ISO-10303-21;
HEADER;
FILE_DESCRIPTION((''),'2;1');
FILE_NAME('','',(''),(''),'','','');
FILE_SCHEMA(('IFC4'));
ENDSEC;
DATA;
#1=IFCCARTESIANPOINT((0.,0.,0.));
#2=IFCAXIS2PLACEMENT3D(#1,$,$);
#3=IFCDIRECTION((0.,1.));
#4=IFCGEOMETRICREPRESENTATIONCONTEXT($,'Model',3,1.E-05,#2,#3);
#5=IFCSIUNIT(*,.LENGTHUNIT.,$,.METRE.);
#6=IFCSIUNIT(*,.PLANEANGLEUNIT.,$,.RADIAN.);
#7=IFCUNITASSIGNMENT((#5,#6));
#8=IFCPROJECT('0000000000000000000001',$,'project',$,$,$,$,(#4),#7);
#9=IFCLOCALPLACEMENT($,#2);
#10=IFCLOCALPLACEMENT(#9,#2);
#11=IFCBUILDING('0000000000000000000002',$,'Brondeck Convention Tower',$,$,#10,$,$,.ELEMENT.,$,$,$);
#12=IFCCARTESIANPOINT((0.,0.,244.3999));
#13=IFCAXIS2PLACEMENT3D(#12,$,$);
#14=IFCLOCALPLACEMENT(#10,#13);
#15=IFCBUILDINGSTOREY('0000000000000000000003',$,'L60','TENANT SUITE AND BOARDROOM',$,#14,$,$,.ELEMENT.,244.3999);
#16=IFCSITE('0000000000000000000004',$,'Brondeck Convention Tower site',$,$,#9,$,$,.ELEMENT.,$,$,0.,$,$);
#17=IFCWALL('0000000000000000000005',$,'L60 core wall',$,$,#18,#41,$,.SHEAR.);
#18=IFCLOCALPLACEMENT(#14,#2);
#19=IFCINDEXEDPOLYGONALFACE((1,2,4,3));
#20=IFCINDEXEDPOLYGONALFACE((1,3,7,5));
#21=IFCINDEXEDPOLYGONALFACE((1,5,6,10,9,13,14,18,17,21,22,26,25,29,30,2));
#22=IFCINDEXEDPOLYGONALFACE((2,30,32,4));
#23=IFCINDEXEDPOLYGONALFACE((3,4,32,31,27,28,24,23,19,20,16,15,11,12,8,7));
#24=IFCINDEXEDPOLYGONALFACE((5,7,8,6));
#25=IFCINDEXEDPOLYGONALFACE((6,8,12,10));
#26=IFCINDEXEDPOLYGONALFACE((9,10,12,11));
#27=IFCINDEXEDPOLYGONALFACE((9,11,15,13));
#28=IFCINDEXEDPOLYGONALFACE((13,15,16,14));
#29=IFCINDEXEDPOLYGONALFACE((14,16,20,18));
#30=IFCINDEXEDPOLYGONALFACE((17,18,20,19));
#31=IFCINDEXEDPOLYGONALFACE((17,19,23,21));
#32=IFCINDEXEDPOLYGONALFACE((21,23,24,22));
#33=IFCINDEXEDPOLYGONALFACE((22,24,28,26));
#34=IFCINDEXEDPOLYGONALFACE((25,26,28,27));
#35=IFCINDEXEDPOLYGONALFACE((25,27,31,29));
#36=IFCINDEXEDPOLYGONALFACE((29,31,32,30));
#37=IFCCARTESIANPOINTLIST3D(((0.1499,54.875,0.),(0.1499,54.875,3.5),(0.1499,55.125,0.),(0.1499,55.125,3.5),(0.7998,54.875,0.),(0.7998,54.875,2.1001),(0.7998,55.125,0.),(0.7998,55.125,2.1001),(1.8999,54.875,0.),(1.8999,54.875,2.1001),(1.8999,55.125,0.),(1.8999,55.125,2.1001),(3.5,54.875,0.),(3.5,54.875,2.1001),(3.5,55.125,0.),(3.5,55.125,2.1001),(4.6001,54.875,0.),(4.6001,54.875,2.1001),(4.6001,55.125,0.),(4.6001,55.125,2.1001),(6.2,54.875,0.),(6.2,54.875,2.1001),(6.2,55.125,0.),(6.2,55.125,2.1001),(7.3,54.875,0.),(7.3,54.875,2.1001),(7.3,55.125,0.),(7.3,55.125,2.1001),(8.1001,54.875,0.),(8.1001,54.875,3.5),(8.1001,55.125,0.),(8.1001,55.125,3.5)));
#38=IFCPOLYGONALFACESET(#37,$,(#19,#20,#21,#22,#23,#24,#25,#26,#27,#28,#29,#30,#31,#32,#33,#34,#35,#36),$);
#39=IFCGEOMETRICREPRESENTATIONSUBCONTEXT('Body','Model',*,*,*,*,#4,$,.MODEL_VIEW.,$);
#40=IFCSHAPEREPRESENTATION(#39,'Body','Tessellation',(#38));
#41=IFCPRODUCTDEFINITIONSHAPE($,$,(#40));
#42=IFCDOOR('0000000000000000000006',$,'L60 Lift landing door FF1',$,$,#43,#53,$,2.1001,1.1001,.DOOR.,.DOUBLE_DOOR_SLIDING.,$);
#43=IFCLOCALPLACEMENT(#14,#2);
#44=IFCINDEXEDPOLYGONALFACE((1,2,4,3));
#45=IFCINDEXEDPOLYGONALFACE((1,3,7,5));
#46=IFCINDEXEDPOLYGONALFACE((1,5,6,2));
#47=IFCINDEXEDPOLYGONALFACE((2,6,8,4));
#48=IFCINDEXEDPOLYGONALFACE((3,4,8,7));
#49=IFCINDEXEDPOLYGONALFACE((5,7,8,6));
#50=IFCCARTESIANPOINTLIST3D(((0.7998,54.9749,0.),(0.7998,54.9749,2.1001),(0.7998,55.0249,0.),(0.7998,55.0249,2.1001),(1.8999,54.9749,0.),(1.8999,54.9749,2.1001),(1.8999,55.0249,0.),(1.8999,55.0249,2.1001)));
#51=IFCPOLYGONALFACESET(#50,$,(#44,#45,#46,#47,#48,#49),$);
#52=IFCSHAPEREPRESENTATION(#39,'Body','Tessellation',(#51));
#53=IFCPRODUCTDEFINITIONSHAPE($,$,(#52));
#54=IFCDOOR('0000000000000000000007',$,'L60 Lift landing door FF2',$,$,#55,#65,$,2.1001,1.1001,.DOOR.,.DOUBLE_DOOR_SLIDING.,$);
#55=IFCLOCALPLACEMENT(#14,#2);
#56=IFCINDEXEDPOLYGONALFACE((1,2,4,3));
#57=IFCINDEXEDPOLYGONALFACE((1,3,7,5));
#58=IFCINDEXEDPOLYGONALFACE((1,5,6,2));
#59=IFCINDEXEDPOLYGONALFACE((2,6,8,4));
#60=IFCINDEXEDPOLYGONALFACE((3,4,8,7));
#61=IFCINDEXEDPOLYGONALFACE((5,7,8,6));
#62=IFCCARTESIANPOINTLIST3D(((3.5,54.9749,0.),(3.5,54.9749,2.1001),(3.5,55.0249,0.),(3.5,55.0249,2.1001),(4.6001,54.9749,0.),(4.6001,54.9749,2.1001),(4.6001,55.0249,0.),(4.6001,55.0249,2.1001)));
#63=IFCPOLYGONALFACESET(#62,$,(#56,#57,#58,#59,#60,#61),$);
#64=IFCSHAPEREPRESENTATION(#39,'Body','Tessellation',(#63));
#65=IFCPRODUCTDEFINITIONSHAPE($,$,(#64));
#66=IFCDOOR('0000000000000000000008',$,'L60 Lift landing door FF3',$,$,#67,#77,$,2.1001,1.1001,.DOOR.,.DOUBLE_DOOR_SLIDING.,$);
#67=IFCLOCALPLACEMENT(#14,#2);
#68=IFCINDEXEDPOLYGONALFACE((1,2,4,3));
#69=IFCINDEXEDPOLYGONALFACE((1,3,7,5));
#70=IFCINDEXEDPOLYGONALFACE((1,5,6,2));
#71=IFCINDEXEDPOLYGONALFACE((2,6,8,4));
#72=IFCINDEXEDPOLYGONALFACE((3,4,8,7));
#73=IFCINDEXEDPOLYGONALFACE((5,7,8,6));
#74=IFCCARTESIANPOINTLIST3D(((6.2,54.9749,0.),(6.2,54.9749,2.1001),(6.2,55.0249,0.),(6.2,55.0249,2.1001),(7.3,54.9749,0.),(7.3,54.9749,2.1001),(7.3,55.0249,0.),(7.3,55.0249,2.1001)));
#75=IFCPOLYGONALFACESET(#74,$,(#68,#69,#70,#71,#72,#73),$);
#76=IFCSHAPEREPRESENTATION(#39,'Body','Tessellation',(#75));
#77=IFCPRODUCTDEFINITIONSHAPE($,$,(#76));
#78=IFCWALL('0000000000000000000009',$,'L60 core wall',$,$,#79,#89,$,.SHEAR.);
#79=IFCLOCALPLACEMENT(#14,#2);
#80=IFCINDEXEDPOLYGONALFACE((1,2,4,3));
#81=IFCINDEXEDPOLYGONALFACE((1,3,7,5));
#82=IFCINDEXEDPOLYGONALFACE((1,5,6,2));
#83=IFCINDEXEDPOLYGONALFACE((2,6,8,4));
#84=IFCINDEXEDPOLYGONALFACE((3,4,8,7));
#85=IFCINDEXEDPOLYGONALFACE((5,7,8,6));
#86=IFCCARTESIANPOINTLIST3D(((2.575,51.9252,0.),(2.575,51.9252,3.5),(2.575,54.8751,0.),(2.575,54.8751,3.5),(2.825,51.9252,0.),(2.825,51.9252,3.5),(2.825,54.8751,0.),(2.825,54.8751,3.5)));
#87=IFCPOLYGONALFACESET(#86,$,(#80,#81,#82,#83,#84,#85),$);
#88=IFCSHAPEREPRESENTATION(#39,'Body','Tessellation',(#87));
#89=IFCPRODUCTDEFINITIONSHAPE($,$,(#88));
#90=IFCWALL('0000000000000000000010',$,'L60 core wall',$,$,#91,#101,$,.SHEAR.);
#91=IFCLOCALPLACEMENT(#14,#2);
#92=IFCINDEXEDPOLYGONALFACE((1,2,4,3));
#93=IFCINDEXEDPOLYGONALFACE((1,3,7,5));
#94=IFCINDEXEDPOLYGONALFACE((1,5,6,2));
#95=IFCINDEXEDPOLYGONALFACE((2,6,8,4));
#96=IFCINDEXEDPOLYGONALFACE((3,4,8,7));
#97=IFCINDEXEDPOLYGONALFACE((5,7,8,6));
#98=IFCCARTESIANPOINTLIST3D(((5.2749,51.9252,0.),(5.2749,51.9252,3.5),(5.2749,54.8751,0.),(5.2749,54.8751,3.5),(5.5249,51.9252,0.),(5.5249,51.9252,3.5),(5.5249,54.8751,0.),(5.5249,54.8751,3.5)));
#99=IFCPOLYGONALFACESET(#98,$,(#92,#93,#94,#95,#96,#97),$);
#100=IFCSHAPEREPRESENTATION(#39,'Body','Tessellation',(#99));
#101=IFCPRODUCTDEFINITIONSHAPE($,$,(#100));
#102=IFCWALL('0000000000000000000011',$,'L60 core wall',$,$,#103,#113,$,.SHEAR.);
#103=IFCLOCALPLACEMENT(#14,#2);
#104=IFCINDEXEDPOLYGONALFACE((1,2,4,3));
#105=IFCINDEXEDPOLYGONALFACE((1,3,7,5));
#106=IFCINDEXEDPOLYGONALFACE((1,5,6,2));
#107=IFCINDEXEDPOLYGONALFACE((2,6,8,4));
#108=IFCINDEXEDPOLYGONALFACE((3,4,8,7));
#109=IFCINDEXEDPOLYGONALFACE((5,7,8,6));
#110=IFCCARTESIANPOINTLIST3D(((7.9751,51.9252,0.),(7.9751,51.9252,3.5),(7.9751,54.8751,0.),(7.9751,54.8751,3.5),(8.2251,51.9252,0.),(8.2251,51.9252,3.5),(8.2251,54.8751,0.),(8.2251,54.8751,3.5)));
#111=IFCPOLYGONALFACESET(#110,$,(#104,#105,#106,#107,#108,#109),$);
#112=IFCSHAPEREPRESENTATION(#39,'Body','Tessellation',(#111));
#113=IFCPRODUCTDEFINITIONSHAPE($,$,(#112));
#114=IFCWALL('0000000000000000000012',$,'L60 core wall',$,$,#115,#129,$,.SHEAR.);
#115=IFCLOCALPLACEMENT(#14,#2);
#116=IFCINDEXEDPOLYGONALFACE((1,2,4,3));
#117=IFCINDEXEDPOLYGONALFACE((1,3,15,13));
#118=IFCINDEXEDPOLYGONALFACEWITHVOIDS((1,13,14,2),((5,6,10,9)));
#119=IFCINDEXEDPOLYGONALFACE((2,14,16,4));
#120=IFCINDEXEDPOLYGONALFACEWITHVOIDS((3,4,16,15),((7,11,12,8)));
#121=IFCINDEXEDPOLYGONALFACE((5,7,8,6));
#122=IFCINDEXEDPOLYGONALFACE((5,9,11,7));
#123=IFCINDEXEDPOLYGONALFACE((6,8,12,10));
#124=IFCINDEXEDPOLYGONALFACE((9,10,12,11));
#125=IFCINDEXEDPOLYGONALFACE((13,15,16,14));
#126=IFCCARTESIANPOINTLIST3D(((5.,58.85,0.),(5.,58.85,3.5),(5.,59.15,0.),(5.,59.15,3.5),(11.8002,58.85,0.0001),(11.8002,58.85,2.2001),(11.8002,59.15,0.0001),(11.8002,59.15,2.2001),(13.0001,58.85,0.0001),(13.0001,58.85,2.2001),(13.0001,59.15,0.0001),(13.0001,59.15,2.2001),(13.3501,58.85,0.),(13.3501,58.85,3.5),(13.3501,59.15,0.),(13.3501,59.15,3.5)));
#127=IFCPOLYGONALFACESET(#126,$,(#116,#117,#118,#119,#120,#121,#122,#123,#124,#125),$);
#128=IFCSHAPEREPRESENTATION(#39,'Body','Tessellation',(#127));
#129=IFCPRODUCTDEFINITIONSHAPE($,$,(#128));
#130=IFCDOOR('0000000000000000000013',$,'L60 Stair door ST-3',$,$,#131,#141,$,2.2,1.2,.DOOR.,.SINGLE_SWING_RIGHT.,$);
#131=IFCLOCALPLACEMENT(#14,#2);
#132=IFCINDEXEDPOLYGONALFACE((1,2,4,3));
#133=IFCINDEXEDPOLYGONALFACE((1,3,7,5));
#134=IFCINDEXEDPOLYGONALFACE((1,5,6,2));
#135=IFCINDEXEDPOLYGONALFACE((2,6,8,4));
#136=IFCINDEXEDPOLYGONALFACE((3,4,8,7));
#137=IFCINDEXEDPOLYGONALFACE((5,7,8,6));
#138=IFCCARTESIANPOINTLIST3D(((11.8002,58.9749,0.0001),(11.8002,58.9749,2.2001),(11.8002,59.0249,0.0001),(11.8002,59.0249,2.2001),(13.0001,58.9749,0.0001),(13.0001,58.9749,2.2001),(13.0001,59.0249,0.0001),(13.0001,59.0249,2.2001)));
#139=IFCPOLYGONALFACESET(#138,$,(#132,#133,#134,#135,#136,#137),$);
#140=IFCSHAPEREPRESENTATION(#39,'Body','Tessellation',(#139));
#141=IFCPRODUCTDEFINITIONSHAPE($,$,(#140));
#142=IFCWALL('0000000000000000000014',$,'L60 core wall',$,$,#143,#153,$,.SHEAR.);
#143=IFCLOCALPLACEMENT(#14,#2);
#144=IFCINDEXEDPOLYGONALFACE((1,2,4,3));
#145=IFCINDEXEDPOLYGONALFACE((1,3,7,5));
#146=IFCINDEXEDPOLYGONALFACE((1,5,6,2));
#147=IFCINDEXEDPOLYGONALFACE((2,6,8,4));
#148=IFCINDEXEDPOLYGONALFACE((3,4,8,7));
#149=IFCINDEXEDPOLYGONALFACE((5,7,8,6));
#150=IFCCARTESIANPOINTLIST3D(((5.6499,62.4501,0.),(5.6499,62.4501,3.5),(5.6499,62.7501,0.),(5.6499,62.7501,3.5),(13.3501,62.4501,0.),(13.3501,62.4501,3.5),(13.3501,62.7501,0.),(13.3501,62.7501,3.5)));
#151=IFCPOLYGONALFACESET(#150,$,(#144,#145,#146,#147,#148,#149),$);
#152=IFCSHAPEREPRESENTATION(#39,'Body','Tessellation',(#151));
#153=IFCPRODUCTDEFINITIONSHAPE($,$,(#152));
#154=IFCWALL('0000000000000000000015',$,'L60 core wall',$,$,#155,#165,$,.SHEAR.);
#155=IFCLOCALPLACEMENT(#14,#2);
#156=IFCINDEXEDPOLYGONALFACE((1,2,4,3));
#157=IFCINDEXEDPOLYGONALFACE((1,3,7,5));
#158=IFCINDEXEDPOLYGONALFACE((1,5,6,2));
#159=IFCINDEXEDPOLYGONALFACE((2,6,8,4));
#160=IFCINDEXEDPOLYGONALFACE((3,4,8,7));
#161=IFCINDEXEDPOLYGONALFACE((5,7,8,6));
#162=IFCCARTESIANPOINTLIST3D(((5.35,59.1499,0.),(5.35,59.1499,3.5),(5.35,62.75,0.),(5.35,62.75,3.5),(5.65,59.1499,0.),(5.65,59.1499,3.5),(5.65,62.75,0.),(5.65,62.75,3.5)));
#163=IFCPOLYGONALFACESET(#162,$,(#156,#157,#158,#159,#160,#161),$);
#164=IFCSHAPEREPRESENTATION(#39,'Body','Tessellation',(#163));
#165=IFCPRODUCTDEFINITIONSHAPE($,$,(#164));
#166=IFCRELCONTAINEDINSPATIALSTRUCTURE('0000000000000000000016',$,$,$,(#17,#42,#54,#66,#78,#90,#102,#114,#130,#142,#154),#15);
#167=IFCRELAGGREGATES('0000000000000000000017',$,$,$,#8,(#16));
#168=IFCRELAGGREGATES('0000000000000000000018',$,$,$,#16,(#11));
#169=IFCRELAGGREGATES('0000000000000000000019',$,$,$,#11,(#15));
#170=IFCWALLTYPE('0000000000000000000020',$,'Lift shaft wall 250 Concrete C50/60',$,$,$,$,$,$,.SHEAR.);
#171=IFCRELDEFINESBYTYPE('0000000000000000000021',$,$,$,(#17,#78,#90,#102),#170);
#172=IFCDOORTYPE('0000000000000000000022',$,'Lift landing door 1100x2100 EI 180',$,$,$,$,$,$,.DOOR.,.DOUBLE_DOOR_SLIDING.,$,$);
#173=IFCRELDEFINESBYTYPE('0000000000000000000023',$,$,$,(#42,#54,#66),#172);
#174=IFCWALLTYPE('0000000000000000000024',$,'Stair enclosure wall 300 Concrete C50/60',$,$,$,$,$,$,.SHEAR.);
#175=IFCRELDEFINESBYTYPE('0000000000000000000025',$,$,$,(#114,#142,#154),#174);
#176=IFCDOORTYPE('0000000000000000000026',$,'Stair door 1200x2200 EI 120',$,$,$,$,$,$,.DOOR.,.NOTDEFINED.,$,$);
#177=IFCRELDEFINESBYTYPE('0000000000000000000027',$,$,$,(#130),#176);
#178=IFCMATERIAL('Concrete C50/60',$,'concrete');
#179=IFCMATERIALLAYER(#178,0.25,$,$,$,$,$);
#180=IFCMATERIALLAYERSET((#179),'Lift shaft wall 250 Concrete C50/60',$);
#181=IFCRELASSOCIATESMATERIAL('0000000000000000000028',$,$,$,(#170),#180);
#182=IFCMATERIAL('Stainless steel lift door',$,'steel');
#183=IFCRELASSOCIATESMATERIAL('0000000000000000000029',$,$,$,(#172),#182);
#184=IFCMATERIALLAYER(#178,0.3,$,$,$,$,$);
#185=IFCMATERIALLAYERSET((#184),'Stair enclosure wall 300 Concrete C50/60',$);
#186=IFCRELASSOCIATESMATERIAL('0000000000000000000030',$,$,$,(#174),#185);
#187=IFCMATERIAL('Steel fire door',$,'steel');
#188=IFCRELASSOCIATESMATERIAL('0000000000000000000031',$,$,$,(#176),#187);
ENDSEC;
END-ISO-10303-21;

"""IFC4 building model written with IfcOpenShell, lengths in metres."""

from ifc_helpers import new_model, si_unit, direction, frame, frame_2d, origin, place, context, subcontext, project, spatial, rectangle, extrude, material, layer, layer_set, type_object, element, fill, save


model = new_model("IFC4")

# Units and contexts
model_context = context("Model", 3, precision=1e-05, world=origin(), true_north=direction((0.0, 1.0)))
body_context = subcontext(model_context, "Body", "Model", "MODEL_VIEW")
ifc_project = project(units=[si_unit("LENGTHUNIT", "METRE"), si_unit("PLANEANGLEUNIT", "RADIAN")], contexts=[model_context])

# Site, building, storey
site_placement = place(None, origin())
site = spatial("IfcSite", under=ifc_project, at=site_placement, Name="Brondeck Convention Tower site", CompositionType="ELEMENT", RefElevation=0.0)
building_placement = place(site_placement, origin())
building = spatial("IfcBuilding", under=site, at=building_placement, Name="Brondeck Convention Tower", CompositionType="ELEMENT")
storey_placement = place(building_placement, frame((0.0, 0.0, 244.3999)))
storey = spatial("IfcBuildingStorey", under=building, at=storey_placement, Name="L60", Description="TENANT SUITE AND BOARDROOM", CompositionType="ELEMENT", Elevation=244.3999)

# Shared definitions
ifc_material_1 = material(Name="Concrete C50/60", Category="concrete")

# Wall, openings, doors
ifc_layer_1 = layer(ifc_material_1, 0.25)
ifc_layer_set_1 = layer_set([ifc_layer_1], Name="Lift shaft wall 250 Concrete C50/60")
wall_type_1 = type_object("IfcWallType", Name="Lift shaft wall 250 Concrete C50/60", PredefinedType="SHEAR", material=ifc_layer_set_1)
wall_1_placement = place(storey_placement, frame((0.1499, 55.0, 0.0), z_axis=(0.0, 0.0, 1.0), x_axis=(1.0, 0.0, 0.0)))
wall_1 = element("IfcWall", 1, at=wall_1_placement, inside=storey, type_object=wall_type_1, Name="L60 core wall", PredefinedType="SHEAR", context=body_context, shape_type="SweptSolid", body=[
    extrude(rectangle(XDim=7.9502, YDim=0.25, at=frame_2d((3.9751, 0.0))), origin(), (0.0, 0.0, 1.0), 3.5),
])
opening_1_placement = place(wall_1_placement, frame((0.6499, 0.0, 0.0)))
opening_1 = element("IfcOpeningElement", 2, at=opening_1_placement, cuts=wall_1, PredefinedType="OPENING", context=body_context, shape_type="SweptSolid", body=[
    extrude(rectangle(XDim=1.1001, YDim=2.1001, at=frame_2d((0.55, 1.05))), frame((0.0, 0.135, 0.0), z_axis=(0.0, -1.0, 0.0), x_axis=(1.0, 0.0, 0.0)), (0.0, 0.0, 1.0), 0.27),
])
opening_2_placement = place(wall_1_placement, frame((3.3501, 0.0, 0.0)))
opening_2 = element("IfcOpeningElement", 3, at=opening_2_placement, cuts=wall_1, PredefinedType="OPENING", context=body_context, shape_type="SweptSolid", body=[
    extrude(rectangle(XDim=1.1001, YDim=2.1001, at=frame_2d((0.55, 1.05))), frame((0.0, 0.135, 0.0), z_axis=(0.0, -1.0, 0.0), x_axis=(1.0, 0.0, 0.0)), (0.0, 0.0, 1.0), 0.27),
])
opening_3_placement = place(wall_1_placement, frame((6.05, 0.0, 0.0)))
opening_3 = element("IfcOpeningElement", 4, at=opening_3_placement, cuts=wall_1, PredefinedType="OPENING", context=body_context, shape_type="SweptSolid", body=[
    extrude(rectangle(XDim=1.1001, YDim=2.1001, at=frame_2d((0.55, 1.05))), frame((0.0, 0.135, 0.0), z_axis=(0.0, -1.0, 0.0), x_axis=(1.0, 0.0, 0.0)), (0.0, 0.0, 1.0), 0.27),
])
ifc_material_2 = material(Name="Stainless steel lift door", Category="steel")
door_type_1 = type_object("IfcDoorType", Name="Lift landing door 1100x2100 EI 180", OperationType="DOUBLE_DOOR_SLIDING", PredefinedType="DOOR", material=ifc_material_2)
door_1_placement = place(opening_1_placement, origin())
door_1 = element("IfcDoor", 5, at=door_1_placement, inside=storey, type_object=door_type_1, Name="L60 Lift landing door FF1", OperationType="DOUBLE_DOOR_SLIDING", OverallHeight=2.1001, OverallWidth=1.1001, PredefinedType="DOOR", context=body_context, shape_type="SweptSolid", body=[
    extrude(rectangle(XDim=1.1001, YDim=2.1001, at=frame_2d((0.55, 1.05))), frame((0.0, 0.0249, 0.0), z_axis=(0.0, -1.0, 0.0), x_axis=(1.0, 0.0, 0.0)), (0.0, 0.0, 1.0), 0.05),
])
fill(opening_1, door_1)
door_2_placement = place(opening_2_placement, origin())
door_2 = element("IfcDoor", 6, at=door_2_placement, inside=storey, type_object=door_type_1, Name="L60 Lift landing door FF2", OperationType="DOUBLE_DOOR_SLIDING", OverallHeight=2.1001, OverallWidth=1.1001, PredefinedType="DOOR", context=body_context, shape_type="SweptSolid", body=[
    extrude(rectangle(XDim=1.1001, YDim=2.1001, at=frame_2d((0.55, 1.05))), frame((0.0, 0.0249, 0.0), z_axis=(0.0, -1.0, 0.0), x_axis=(1.0, 0.0, 0.0)), (0.0, 0.0, 1.0), 0.05),
])
fill(opening_2, door_2)
door_3_placement = place(opening_3_placement, origin())
door_3 = element("IfcDoor", 7, at=door_3_placement, inside=storey, type_object=door_type_1, Name="L60 Lift landing door FF3", OperationType="DOUBLE_DOOR_SLIDING", OverallHeight=2.1001, OverallWidth=1.1001, PredefinedType="DOOR", context=body_context, shape_type="SweptSolid", body=[
    extrude(rectangle(XDim=1.1001, YDim=2.1001, at=frame_2d((0.55, 1.05))), frame((0.0, 0.0249, 0.0), z_axis=(0.0, -1.0, 0.0), x_axis=(1.0, 0.0, 0.0)), (0.0, 0.0, 1.0), 0.05),
])
fill(opening_3, door_3)

# Walls
for number, where, z_axis, x_axis, name in (
    (8, (2.7, 51.925, 0.0), (0.0, 0.0, 1.0), (0.0, 1.0, 0.0), "L60 core wall"),
    (9, (5.3999, 51.925, 0.0), (0.0, 0.0, 1.0), (0.0, 1.0, 0.0), "L60 core wall"),
    (10, (8.1001, 51.925, 0.0), (0.0, 0.0, 1.0), (0.0, 1.0, 0.0), "L60 core wall"),
):
    element("IfcWall", number, at=place(storey_placement, frame(where, z_axis=z_axis, x_axis=x_axis)), inside=storey, type_object=wall_type_1, Name=name, PredefinedType="SHEAR", context=body_context, shape_type="SweptSolid", body=[
        extrude(rectangle(XDim=2.95, YDim=0.25, at=frame_2d((1.4751, 0.0))), origin(), (0.0, 0.0, 1.0), 3.5),
    ])

# Wall, opening, door
ifc_layer_2 = layer(ifc_material_1, 0.3)
ifc_layer_set_2 = layer_set([ifc_layer_2], Name="Stair enclosure wall 300 Concrete C50/60")
wall_type_2 = type_object("IfcWallType", Name="Stair enclosure wall 300 Concrete C50/60", PredefinedType="SHEAR", material=ifc_layer_set_2)
wall_2_placement = place(storey_placement, frame((5.0, 59.0, 0.0), z_axis=(0.0, 0.0, 1.0), x_axis=(1.0, 0.0, 0.0)))
wall_2 = element("IfcWall", 11, at=wall_2_placement, inside=storey, type_object=wall_type_2, Name="L60 core wall", PredefinedType="SHEAR", context=body_context, shape_type="SweptSolid", body=[
    extrude(rectangle(XDim=8.3501, YDim=0.3, at=frame_2d((4.175, 0.0))), origin(), (0.0, 0.0, 1.0), 3.5),
])
opening_4_placement = place(wall_2_placement, frame((6.8, 0.0, 0.0)))
opening_4 = element("IfcOpeningElement", 12, at=opening_4_placement, cuts=wall_2, PredefinedType="OPENING", context=body_context, shape_type="SweptSolid", body=[
    extrude(rectangle(XDim=1.2, YDim=2.2, at=frame_2d((0.6001, 1.1001))), frame((0.0, 0.1599, 0.0), z_axis=(0.0, -1.0, 0.0), x_axis=(1.0, 0.0, 0.0)), (0.0, 0.0, 1.0), 0.3201),
])
ifc_material_3 = material(Name="Steel fire door", Category="steel")
door_type_2 = type_object("IfcDoorType", Name="Stair door 1200x2200 EI 120", OperationType="NOTDEFINED", PredefinedType="DOOR", material=ifc_material_3)
door_4_placement = place(opening_4_placement, origin())
door_4 = element("IfcDoor", 13, at=door_4_placement, inside=storey, type_object=door_type_2, Name="L60 Stair door ST-3", OperationType="SINGLE_SWING_RIGHT", OverallHeight=2.2, OverallWidth=1.2, PredefinedType="DOOR", context=body_context, shape_type="SweptSolid", body=[
    extrude(rectangle(XDim=1.2, YDim=2.2, at=frame_2d((0.6001, 1.1001))), frame((0.0, 0.0249, 0.0), z_axis=(0.0, -1.0, 0.0), x_axis=(1.0, 0.0, 0.0)), (0.0, 0.0, 1.0), 0.05),
])
fill(opening_4, door_4)

# Walls
wall_3_placement = place(storey_placement, frame((5.6499, 62.6001, 0.0), z_axis=(0.0, 0.0, 1.0), x_axis=(1.0, 0.0, 0.0)))
element("IfcWall", 14, at=wall_3_placement, inside=storey, type_object=wall_type_2, Name="L60 core wall", PredefinedType="SHEAR", context=body_context, shape_type="SweptSolid", body=[
    extrude(rectangle(XDim=7.7002, YDim=0.3, at=frame_2d((3.8501, 0.0))), origin(), (0.0, 0.0, 1.0), 3.5),
])
wall_4_placement = place(storey_placement, frame((5.5, 59.1499, 0.0), z_axis=(0.0, 0.0, 1.0), x_axis=(0.0, 1.0, 0.0)))
element("IfcWall", 15, at=wall_4_placement, inside=storey, type_object=wall_type_2, Name="L60 core wall", PredefinedType="SHEAR", context=body_context, shape_type="SweptSolid", body=[
    extrude(rectangle(XDim=3.6001, YDim=0.3, at=frame_2d((1.8, 0.0))), origin(), (0.0, 0.0, 1.0), 3.5),
])

save(model, "model.ifc")
